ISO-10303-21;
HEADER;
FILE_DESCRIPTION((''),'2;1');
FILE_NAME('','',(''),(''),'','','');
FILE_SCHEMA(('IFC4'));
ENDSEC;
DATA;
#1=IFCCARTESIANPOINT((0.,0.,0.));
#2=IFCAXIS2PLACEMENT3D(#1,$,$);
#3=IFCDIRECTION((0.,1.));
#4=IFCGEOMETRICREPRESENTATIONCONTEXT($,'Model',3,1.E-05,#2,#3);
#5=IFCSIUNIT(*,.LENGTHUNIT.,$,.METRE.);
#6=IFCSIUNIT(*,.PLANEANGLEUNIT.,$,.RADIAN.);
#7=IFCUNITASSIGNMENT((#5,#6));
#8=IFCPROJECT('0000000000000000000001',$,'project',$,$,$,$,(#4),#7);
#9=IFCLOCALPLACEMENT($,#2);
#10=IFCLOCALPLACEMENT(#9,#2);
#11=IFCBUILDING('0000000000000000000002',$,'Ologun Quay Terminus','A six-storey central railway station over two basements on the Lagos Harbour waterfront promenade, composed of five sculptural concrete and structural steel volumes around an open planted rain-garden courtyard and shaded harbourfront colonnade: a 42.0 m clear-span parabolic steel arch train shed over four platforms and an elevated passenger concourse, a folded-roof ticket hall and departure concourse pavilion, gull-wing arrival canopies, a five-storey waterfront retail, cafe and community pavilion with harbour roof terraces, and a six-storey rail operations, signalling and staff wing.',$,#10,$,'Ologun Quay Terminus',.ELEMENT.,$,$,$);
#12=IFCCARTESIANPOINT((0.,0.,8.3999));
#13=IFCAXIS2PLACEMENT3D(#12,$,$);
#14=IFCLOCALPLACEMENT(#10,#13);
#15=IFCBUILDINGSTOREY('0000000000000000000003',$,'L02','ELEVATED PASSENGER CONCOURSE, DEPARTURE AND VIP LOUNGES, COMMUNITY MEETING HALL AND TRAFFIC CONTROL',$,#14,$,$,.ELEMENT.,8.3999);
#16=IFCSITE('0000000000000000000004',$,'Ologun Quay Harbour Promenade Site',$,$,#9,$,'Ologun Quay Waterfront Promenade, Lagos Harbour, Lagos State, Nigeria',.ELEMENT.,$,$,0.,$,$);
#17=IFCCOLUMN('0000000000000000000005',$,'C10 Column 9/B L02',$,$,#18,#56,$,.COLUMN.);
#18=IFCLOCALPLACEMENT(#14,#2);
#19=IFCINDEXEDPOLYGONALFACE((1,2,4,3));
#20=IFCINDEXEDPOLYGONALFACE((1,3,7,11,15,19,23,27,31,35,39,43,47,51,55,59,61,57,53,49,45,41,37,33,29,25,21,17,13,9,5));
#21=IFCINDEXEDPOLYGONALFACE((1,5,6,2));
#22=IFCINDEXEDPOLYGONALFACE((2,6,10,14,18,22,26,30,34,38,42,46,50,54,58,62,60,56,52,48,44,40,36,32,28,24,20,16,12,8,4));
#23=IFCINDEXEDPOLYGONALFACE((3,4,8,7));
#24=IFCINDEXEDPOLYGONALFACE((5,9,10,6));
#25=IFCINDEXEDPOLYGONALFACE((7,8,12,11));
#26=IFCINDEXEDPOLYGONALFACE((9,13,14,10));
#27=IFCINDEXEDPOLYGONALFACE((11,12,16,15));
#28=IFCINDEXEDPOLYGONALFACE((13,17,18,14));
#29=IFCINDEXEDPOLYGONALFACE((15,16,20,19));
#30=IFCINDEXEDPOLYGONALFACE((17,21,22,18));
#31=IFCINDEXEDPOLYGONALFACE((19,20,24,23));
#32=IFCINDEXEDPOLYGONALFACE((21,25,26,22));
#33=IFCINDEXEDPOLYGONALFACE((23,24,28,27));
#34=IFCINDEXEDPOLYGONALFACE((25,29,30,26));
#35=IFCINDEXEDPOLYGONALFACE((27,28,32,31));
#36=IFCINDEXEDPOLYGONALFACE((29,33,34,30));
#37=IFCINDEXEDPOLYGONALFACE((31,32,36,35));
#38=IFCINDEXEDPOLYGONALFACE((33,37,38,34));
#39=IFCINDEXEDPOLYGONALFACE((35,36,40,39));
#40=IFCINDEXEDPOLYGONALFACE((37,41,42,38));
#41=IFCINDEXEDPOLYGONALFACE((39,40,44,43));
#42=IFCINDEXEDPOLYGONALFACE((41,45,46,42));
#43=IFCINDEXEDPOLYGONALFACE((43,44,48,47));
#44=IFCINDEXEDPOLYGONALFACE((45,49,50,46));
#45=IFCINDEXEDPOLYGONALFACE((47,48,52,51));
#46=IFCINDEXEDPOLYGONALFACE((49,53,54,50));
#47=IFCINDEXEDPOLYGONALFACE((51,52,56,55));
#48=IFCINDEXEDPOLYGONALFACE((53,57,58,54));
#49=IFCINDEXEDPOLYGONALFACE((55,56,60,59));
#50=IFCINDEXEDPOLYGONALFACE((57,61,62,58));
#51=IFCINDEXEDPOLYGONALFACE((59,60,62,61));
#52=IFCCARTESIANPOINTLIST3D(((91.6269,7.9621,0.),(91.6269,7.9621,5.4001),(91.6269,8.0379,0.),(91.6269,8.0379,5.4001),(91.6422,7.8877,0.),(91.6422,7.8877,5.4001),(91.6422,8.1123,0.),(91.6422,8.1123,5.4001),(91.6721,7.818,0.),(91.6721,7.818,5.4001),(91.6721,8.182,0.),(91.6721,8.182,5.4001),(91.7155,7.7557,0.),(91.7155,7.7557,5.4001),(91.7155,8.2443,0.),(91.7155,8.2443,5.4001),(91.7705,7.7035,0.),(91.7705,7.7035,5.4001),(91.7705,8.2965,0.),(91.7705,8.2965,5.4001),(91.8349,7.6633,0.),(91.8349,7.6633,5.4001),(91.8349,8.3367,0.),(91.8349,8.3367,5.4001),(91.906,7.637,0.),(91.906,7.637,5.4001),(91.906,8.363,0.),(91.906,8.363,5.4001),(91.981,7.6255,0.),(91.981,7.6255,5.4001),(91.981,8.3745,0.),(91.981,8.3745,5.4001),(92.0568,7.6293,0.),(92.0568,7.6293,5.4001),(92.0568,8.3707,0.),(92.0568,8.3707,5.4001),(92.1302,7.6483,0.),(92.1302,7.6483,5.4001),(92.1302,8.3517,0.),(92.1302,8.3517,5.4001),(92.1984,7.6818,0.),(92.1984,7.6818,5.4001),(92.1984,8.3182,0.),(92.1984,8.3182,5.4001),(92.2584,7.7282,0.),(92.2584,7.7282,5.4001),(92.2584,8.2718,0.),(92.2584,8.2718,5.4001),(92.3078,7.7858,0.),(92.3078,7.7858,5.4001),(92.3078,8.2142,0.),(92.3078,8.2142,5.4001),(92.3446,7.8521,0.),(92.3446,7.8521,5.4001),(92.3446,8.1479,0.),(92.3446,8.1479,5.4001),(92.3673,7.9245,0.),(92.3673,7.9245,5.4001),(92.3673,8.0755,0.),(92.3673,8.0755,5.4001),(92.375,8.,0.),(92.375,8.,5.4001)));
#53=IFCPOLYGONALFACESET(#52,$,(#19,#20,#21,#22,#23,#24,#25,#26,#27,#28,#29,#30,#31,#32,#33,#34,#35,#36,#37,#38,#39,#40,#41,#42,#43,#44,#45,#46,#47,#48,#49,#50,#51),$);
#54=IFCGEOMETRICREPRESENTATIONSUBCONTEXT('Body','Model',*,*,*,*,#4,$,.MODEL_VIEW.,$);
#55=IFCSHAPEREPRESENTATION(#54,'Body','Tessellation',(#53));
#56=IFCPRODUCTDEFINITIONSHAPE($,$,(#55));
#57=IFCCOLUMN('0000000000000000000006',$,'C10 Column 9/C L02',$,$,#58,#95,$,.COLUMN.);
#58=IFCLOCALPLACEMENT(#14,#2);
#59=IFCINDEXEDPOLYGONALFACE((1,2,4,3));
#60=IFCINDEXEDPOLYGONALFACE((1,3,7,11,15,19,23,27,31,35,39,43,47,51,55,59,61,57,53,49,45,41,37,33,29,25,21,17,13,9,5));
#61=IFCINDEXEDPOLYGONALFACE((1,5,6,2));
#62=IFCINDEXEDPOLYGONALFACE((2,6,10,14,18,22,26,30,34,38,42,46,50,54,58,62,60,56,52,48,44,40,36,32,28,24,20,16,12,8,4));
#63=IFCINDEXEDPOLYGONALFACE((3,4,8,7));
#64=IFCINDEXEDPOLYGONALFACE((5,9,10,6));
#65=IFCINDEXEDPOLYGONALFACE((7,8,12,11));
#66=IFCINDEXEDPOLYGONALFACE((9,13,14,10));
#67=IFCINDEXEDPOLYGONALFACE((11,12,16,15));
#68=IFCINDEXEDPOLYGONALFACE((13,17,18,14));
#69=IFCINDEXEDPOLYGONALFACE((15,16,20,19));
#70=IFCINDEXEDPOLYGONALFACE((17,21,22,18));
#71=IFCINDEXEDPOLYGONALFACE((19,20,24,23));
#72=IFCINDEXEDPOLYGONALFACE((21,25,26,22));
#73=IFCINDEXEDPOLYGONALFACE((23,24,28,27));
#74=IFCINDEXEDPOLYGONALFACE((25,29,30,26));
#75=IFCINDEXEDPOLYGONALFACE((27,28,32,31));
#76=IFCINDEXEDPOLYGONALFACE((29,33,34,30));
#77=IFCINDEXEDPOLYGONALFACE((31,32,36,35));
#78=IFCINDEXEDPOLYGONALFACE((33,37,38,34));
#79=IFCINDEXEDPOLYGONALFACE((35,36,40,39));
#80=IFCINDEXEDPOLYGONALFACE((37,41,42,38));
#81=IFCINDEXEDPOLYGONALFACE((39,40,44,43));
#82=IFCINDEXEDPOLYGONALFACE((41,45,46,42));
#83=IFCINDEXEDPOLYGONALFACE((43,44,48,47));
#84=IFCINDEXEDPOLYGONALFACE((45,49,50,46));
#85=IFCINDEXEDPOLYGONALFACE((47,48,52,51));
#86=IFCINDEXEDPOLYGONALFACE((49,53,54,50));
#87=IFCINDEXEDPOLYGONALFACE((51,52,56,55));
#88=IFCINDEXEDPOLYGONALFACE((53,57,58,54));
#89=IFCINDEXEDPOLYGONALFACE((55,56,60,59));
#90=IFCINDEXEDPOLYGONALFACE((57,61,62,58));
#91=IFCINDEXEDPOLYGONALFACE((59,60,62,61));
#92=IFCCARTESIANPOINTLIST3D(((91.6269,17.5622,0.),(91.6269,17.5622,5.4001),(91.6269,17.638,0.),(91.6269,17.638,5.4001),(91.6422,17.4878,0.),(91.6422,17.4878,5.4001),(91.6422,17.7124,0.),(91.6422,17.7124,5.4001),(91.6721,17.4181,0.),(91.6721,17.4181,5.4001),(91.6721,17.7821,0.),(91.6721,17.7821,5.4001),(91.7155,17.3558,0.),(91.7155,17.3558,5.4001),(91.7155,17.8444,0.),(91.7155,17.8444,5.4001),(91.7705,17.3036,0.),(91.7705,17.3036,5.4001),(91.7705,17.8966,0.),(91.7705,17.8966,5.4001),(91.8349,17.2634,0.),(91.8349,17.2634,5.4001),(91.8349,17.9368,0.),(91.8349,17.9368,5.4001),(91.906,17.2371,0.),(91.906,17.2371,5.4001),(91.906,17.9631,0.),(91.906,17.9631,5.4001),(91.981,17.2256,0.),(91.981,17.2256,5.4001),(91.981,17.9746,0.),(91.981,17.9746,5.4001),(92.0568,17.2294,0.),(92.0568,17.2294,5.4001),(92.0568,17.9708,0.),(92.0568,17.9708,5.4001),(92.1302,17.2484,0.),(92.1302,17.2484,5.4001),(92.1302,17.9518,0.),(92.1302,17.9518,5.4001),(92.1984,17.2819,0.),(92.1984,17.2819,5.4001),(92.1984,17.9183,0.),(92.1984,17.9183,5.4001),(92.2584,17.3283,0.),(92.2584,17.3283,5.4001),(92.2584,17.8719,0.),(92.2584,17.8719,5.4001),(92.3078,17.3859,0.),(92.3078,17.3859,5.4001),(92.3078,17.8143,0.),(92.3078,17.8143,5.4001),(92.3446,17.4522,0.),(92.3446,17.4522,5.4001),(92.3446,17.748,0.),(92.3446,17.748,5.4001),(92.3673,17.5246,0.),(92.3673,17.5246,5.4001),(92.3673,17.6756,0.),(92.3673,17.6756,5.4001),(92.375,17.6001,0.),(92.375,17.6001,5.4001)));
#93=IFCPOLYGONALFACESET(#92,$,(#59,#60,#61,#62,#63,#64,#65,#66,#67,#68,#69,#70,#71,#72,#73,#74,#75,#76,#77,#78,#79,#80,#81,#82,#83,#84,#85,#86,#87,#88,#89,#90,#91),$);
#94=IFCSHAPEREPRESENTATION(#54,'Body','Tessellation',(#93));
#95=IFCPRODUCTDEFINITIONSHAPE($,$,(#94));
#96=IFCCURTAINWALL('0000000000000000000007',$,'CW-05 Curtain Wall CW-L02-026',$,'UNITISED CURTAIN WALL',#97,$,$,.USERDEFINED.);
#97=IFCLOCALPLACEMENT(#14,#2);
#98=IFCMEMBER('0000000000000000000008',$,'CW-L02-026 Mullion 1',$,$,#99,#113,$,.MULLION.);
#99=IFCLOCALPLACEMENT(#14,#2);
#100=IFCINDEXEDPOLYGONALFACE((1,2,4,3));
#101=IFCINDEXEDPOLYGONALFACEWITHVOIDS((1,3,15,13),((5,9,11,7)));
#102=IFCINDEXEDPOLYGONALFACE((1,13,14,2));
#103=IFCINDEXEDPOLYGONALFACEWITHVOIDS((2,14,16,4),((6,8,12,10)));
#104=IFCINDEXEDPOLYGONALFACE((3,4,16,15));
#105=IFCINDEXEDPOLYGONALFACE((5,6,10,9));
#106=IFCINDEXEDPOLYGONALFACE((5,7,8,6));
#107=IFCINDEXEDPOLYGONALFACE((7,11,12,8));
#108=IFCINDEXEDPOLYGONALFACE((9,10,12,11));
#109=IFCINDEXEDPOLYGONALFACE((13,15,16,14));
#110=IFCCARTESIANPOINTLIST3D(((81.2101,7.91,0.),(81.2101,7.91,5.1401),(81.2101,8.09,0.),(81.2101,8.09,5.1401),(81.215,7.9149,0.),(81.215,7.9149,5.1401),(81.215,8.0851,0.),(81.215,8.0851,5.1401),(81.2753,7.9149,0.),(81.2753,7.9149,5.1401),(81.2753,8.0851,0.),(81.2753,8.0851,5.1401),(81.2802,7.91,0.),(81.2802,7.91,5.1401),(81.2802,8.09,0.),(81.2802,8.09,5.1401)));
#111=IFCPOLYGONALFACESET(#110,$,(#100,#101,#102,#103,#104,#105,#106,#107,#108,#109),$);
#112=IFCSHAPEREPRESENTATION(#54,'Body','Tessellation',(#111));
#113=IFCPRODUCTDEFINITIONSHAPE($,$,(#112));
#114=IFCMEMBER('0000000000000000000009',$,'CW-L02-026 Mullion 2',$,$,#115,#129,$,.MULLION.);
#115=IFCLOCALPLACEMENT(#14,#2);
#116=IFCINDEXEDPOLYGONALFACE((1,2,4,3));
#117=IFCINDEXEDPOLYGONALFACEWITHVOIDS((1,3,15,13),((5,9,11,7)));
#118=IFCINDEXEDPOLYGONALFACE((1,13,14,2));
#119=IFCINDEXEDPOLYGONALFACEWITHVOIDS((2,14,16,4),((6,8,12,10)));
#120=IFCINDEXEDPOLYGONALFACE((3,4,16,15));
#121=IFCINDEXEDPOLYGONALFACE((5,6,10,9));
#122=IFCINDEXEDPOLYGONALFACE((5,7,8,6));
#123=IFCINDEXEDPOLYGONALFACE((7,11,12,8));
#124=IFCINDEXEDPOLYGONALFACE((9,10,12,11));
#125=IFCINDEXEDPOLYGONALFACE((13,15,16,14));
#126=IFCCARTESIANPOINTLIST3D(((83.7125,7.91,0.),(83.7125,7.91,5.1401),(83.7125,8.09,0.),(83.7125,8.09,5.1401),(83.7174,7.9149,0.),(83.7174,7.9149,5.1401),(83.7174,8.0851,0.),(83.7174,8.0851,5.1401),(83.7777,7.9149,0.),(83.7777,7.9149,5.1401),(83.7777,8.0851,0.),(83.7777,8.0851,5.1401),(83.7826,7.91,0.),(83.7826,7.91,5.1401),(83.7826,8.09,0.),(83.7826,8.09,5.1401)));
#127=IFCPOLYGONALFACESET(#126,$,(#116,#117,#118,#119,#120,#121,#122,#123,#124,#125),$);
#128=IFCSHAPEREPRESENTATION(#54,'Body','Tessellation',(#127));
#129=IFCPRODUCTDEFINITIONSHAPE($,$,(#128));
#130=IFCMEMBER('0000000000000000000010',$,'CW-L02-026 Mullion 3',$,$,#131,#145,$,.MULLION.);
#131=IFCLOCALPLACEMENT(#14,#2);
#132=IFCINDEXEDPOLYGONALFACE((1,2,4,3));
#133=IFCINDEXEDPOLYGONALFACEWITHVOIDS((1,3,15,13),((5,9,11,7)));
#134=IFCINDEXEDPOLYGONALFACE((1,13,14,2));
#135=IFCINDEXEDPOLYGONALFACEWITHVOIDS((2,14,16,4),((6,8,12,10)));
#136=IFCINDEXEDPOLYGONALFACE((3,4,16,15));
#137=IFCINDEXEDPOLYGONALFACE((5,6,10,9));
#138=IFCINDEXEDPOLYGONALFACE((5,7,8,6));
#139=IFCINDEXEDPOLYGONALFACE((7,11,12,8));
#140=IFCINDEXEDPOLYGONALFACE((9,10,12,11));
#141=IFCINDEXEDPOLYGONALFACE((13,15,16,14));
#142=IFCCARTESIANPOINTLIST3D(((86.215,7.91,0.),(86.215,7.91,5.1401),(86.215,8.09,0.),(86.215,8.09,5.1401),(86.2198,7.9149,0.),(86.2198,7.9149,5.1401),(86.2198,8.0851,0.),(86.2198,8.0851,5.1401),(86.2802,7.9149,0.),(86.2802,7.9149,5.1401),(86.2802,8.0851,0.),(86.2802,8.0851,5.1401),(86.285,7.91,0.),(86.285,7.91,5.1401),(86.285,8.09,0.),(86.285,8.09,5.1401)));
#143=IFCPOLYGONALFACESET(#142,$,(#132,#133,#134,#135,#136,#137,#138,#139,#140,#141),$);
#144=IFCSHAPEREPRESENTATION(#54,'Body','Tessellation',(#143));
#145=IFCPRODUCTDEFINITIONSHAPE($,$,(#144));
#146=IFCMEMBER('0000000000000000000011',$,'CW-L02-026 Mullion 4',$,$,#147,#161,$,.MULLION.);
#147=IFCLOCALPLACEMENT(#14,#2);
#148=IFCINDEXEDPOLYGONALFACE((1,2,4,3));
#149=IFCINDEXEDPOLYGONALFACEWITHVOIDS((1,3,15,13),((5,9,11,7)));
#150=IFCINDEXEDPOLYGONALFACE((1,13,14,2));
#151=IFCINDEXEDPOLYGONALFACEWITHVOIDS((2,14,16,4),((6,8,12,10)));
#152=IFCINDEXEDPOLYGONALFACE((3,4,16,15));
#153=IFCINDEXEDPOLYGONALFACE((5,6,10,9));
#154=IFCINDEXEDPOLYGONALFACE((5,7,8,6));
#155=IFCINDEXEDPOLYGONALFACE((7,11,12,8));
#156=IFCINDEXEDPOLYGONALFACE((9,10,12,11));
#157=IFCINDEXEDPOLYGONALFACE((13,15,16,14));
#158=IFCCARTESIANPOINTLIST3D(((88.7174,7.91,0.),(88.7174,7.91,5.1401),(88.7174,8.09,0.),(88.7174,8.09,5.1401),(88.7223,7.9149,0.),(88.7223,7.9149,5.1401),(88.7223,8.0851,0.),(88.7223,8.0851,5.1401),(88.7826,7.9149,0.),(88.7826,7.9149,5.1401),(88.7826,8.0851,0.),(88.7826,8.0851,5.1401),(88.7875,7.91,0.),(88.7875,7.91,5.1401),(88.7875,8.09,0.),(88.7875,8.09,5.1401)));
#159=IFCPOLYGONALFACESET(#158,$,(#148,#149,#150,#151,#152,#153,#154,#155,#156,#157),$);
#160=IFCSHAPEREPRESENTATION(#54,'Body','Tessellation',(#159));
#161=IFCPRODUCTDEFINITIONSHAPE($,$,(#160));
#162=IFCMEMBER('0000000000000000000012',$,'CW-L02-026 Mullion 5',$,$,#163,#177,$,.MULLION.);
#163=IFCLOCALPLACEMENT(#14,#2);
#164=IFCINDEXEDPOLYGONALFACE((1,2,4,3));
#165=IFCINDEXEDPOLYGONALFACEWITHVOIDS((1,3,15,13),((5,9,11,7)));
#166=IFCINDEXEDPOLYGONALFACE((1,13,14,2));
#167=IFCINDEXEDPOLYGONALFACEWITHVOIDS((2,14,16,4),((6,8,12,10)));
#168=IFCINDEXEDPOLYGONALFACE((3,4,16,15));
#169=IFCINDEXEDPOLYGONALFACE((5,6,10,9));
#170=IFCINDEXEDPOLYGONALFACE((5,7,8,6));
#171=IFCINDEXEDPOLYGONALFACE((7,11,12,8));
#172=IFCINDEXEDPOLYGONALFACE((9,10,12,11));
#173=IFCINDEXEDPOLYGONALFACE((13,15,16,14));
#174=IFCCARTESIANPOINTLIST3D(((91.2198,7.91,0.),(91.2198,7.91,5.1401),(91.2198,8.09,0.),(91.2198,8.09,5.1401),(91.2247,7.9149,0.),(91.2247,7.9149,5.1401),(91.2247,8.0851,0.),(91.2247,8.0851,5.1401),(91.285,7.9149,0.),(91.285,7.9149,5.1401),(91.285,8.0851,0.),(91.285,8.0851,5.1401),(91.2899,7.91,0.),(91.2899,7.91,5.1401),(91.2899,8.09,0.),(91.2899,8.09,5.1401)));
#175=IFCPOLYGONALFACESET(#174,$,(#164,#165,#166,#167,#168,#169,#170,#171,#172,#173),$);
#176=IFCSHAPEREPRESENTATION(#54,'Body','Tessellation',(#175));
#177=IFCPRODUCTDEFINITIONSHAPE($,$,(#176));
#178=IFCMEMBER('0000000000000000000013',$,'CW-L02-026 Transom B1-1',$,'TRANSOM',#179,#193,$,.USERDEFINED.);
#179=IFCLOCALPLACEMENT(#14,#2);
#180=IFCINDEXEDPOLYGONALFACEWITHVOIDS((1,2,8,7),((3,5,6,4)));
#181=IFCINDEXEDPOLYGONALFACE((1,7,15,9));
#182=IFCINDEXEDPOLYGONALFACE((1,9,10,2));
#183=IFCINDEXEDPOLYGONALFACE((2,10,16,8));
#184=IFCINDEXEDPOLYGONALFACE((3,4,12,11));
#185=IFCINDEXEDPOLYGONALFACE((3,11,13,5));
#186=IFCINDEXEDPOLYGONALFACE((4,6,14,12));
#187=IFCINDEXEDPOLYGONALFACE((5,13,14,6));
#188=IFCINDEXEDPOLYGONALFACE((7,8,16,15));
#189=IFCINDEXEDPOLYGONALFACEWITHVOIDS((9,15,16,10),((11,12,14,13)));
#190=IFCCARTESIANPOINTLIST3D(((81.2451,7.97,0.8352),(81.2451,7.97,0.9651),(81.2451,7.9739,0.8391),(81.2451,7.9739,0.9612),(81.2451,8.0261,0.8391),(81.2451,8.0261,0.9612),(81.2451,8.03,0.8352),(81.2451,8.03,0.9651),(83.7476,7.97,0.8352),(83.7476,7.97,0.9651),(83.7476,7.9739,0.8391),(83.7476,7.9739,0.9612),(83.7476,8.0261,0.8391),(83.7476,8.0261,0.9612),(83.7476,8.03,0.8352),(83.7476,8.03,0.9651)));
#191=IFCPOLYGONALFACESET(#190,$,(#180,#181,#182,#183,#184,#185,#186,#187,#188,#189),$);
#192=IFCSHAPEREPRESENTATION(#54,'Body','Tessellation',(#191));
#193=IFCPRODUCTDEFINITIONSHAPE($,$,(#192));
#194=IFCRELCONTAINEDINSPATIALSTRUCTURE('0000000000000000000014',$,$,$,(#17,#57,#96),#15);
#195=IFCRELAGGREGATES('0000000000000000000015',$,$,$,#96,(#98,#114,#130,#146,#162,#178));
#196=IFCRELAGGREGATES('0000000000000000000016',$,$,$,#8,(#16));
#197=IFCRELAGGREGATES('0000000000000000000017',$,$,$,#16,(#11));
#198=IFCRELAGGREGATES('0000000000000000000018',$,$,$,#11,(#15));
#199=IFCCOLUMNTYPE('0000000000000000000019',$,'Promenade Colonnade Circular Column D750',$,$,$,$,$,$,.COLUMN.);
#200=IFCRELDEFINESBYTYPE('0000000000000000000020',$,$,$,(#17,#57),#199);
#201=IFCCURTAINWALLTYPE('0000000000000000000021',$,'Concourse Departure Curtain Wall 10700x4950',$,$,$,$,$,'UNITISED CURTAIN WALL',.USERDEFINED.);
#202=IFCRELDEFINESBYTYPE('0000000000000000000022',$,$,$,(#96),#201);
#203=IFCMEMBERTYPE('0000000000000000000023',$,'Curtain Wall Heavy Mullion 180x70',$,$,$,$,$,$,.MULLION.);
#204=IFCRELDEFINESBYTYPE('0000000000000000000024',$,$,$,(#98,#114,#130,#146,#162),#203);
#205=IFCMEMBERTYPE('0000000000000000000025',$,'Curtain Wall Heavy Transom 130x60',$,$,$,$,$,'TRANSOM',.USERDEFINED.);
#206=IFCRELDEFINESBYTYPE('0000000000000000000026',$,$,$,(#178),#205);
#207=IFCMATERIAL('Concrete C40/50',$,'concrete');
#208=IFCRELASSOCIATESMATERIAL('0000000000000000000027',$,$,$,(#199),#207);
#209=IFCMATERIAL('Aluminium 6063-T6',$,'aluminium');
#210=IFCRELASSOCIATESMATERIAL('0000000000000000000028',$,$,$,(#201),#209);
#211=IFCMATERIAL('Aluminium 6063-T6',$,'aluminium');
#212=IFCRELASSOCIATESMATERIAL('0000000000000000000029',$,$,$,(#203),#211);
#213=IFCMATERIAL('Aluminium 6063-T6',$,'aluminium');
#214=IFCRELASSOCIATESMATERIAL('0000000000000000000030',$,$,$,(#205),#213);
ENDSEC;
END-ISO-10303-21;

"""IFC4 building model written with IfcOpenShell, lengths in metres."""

from ifc_helpers import new_model, si_unit, direction, frame, origin, origin_2d, place, context, subcontext, project, spatial, hollow_rectangle, circle, extrude, material, material_profile, profile_set, type_object, element, aggregate, save


model = new_model("IFC4")

# Units and contexts
model_context = context("Model", 3, precision=1e-05, world=origin(), true_north=direction((0.0, 1.0)))
body_context = subcontext(model_context, "Body", "Model", "MODEL_VIEW")
ifc_project = project(units=[si_unit("LENGTHUNIT", "METRE"), si_unit("PLANEANGLEUNIT", "RADIAN")], contexts=[model_context])

# Site, building, storey
site_placement = place(None, origin())
site = spatial("IfcSite", under=ifc_project, at=site_placement, Name="Ologun Quay Harbour Promenade Site", LongName="Ologun Quay Waterfront Promenade, Lagos Harbour, Lagos State, Nigeria", CompositionType="ELEMENT", RefElevation=0.0)
building_placement = place(site_placement, origin())
building = spatial("IfcBuilding", under=site, at=building_placement, Name="Ologun Quay Terminus", Description="A six-storey central railway station over two basements on the Lagos Harbour waterfront promenade, composed of five sculptural concrete and structural steel volumes around an open planted rain-garden courtyard and shaded harbourfront colonnade: a 42.0 m clear-span parabolic steel arch train shed over four platforms and an elevated passenger concourse, a folded-roof ticket hall and departure concourse pavilion, gull-wing arrival canopies, a five-storey waterfront retail, cafe and community pavilion with harbour roof terraces, and a six-storey rail operations, signalling and staff wing.", LongName="Ologun Quay Terminus", CompositionType="ELEMENT")
storey_placement = place(building_placement, frame((0.0, 0.0, 8.3999)))
storey = spatial("IfcBuildingStorey", under=building, at=storey_placement, Name="L02", Description="ELEVATED PASSENGER CONCOURSE, DEPARTURE AND VIP LOUNGES, COMMUNITY MEETING HALL AND TRAFFIC CONTROL", CompositionType="ELEMENT", Elevation=8.3999)

# Columns
ifc_material_1 = material(Name="Concrete C40/50", Category="concrete")
ifc_material_profile_1 = material_profile(ifc_material_1, circle(Radius=0.375, at=origin_2d()), Name="RC D750")
ifc_profile_set_1 = profile_set([ifc_material_profile_1], Name="Concrete C40/50")
column_type = type_object("IfcColumnType", Name="Promenade Colonnade Circular Column D750", PredefinedType="COLUMN", material=ifc_profile_set_1)
for number, where, z_axis, x_axis, name in (
    (1, (92.0, 8.0, 0.0), (0.0, 0.0, 1.0), (1.0, 0.0, 0.0), "C10 Column 9/B L02"),
    (2, (92.0, 17.6001, 0.0), (0.0, 0.0, 1.0), (1.0, 0.0, 0.0), "C10 Column 9/C L02"),
):
    element("IfcColumn", number, at=place(storey_placement, frame(where, z_axis=z_axis, x_axis=x_axis)), inside=storey, type_object=column_type, Name=name, PredefinedType="COLUMN", context=body_context, shape_type="SweptSolid", body=[
        extrude(circle(Radius=0.375, at=origin_2d()), origin(), (0.0, 0.0, 1.0), 5.4001),
    ])

# Curtain wall, members
ifc_material_2 = material(Name="Aluminium 6063-T6", Category="aluminium")
curtain_wall_type = type_object("IfcCurtainWallType", Name="Concourse Departure Curtain Wall 10700x4950", ElementType="UNITISED CURTAIN WALL", PredefinedType="USERDEFINED", material=ifc_material_2)
curtain_wall_placement = place(storey_placement, origin())
curtain_wall = element("IfcCurtainWall", 3, at=curtain_wall_placement, inside=storey, type_object=curtain_wall_type, Name="CW-05 Curtain Wall CW-L02-026", ObjectType="UNITISED CURTAIN WALL", PredefinedType="USERDEFINED")
ifc_material_3 = material(Name="Aluminium 6063-T6", Category="aluminium")
ifc_material_profile_2 = material_profile(ifc_material_3, hollow_rectangle(XDim=0.0701, YDim=0.1799, WallThickness=0.0049, at=origin_2d()), Name="ALU 180x70x5")
ifc_profile_set_2 = profile_set([ifc_material_profile_2], Name="Aluminium 6063-T6")
member_type_1 = type_object("IfcMemberType", Name="Curtain Wall Heavy Mullion 180x70", PredefinedType="MULLION", material=ifc_profile_set_2)
member_1_placement = place(storey_placement, frame((81.2451, 8.0, 0.0), z_axis=(0.0, 0.0, 1.0), x_axis=(1.0, 0.0, 0.0)))
member_1 = element("IfcMember", 4, at=member_1_placement, type_object=member_type_1, Name="CW-L02-026 Mullion 1", PredefinedType="MULLION", context=body_context, shape_type="SweptSolid", body=[
    extrude(hollow_rectangle(XDim=0.0701, YDim=0.1799, WallThickness=0.0049, at=origin_2d()), origin(), (0.0, 0.0, 1.0), 5.1401),
])
member_2_placement = place(storey_placement, frame((83.7476, 8.0, 0.0), z_axis=(0.0, 0.0, 1.0), x_axis=(1.0, 0.0, 0.0)))
member_2 = element("IfcMember", 5, at=member_2_placement, type_object=member_type_1, Name="CW-L02-026 Mullion 2", PredefinedType="MULLION", context=body_context, shape_type="SweptSolid", body=[
    extrude(hollow_rectangle(XDim=0.0701, YDim=0.1799, WallThickness=0.0049, at=origin_2d()), origin(), (0.0, 0.0, 1.0), 5.1401),
])
member_3_placement = place(storey_placement, frame((86.25, 8.0, 0.0), z_axis=(0.0, 0.0, 1.0), x_axis=(1.0, 0.0, 0.0)))
member_3 = element("IfcMember", 6, at=member_3_placement, type_object=member_type_1, Name="CW-L02-026 Mullion 3", PredefinedType="MULLION", context=body_context, shape_type="SweptSolid", body=[
    extrude(hollow_rectangle(XDim=0.0701, YDim=0.1799, WallThickness=0.0049, at=origin_2d()), origin(), (0.0, 0.0, 1.0), 5.1401),
])
member_4_placement = place(storey_placement, frame((88.7524, 8.0, 0.0), z_axis=(0.0, 0.0, 1.0), x_axis=(1.0, 0.0, 0.0)))
member_4 = element("IfcMember", 7, at=member_4_placement, type_object=member_type_1, Name="CW-L02-026 Mullion 4", PredefinedType="MULLION", context=body_context, shape_type="SweptSolid", body=[
    extrude(hollow_rectangle(XDim=0.0701, YDim=0.1799, WallThickness=0.0049, at=origin_2d()), origin(), (0.0, 0.0, 1.0), 5.1401),
])
member_5_placement = place(storey_placement, frame((91.2549, 8.0, 0.0), z_axis=(0.0, 0.0, 1.0), x_axis=(1.0, 0.0, 0.0)))
member_5 = element("IfcMember", 8, at=member_5_placement, type_object=member_type_1, Name="CW-L02-026 Mullion 5", PredefinedType="MULLION", context=body_context, shape_type="SweptSolid", body=[
    extrude(hollow_rectangle(XDim=0.0701, YDim=0.1799, WallThickness=0.0049, at=origin_2d()), origin(), (0.0, 0.0, 1.0), 5.1401),
])
ifc_material_4 = material(Name="Aluminium 6063-T6", Category="aluminium")
ifc_material_profile_3 = material_profile(ifc_material_4, hollow_rectangle(XDim=0.0601, YDim=0.1299, WallThickness=0.0039, at=origin_2d()), Name="ALU 130x60x4")
ifc_profile_set_3 = profile_set([ifc_material_profile_3], Name="Aluminium 6063-T6")
member_type_2 = type_object("IfcMemberType", Name="Curtain Wall Heavy Transom 130x60", ElementType="TRANSOM", PredefinedType="USERDEFINED", material=ifc_profile_set_3)
member_6_placement = place(storey_placement, frame((81.2451, 8.0, 0.9001), z_axis=(1.0, 0.0, 0.0), x_axis=(0.0, 1.0, 0.0)))
member_6 = element("IfcMember", 9, at=member_6_placement, type_object=member_type_2, Name="CW-L02-026 Transom B1-1", ObjectType="TRANSOM", PredefinedType="USERDEFINED", context=body_context, shape_type="SweptSolid", body=[
    extrude(hollow_rectangle(XDim=0.0601, YDim=0.1299, WallThickness=0.0039, at=origin_2d()), origin(), (0.0, 0.0, 1.0), 2.5024),
])

aggregate(curtain_wall, [member_1, member_2, member_3, member_4, member_5, member_6])

save(model, "model.ifc")
